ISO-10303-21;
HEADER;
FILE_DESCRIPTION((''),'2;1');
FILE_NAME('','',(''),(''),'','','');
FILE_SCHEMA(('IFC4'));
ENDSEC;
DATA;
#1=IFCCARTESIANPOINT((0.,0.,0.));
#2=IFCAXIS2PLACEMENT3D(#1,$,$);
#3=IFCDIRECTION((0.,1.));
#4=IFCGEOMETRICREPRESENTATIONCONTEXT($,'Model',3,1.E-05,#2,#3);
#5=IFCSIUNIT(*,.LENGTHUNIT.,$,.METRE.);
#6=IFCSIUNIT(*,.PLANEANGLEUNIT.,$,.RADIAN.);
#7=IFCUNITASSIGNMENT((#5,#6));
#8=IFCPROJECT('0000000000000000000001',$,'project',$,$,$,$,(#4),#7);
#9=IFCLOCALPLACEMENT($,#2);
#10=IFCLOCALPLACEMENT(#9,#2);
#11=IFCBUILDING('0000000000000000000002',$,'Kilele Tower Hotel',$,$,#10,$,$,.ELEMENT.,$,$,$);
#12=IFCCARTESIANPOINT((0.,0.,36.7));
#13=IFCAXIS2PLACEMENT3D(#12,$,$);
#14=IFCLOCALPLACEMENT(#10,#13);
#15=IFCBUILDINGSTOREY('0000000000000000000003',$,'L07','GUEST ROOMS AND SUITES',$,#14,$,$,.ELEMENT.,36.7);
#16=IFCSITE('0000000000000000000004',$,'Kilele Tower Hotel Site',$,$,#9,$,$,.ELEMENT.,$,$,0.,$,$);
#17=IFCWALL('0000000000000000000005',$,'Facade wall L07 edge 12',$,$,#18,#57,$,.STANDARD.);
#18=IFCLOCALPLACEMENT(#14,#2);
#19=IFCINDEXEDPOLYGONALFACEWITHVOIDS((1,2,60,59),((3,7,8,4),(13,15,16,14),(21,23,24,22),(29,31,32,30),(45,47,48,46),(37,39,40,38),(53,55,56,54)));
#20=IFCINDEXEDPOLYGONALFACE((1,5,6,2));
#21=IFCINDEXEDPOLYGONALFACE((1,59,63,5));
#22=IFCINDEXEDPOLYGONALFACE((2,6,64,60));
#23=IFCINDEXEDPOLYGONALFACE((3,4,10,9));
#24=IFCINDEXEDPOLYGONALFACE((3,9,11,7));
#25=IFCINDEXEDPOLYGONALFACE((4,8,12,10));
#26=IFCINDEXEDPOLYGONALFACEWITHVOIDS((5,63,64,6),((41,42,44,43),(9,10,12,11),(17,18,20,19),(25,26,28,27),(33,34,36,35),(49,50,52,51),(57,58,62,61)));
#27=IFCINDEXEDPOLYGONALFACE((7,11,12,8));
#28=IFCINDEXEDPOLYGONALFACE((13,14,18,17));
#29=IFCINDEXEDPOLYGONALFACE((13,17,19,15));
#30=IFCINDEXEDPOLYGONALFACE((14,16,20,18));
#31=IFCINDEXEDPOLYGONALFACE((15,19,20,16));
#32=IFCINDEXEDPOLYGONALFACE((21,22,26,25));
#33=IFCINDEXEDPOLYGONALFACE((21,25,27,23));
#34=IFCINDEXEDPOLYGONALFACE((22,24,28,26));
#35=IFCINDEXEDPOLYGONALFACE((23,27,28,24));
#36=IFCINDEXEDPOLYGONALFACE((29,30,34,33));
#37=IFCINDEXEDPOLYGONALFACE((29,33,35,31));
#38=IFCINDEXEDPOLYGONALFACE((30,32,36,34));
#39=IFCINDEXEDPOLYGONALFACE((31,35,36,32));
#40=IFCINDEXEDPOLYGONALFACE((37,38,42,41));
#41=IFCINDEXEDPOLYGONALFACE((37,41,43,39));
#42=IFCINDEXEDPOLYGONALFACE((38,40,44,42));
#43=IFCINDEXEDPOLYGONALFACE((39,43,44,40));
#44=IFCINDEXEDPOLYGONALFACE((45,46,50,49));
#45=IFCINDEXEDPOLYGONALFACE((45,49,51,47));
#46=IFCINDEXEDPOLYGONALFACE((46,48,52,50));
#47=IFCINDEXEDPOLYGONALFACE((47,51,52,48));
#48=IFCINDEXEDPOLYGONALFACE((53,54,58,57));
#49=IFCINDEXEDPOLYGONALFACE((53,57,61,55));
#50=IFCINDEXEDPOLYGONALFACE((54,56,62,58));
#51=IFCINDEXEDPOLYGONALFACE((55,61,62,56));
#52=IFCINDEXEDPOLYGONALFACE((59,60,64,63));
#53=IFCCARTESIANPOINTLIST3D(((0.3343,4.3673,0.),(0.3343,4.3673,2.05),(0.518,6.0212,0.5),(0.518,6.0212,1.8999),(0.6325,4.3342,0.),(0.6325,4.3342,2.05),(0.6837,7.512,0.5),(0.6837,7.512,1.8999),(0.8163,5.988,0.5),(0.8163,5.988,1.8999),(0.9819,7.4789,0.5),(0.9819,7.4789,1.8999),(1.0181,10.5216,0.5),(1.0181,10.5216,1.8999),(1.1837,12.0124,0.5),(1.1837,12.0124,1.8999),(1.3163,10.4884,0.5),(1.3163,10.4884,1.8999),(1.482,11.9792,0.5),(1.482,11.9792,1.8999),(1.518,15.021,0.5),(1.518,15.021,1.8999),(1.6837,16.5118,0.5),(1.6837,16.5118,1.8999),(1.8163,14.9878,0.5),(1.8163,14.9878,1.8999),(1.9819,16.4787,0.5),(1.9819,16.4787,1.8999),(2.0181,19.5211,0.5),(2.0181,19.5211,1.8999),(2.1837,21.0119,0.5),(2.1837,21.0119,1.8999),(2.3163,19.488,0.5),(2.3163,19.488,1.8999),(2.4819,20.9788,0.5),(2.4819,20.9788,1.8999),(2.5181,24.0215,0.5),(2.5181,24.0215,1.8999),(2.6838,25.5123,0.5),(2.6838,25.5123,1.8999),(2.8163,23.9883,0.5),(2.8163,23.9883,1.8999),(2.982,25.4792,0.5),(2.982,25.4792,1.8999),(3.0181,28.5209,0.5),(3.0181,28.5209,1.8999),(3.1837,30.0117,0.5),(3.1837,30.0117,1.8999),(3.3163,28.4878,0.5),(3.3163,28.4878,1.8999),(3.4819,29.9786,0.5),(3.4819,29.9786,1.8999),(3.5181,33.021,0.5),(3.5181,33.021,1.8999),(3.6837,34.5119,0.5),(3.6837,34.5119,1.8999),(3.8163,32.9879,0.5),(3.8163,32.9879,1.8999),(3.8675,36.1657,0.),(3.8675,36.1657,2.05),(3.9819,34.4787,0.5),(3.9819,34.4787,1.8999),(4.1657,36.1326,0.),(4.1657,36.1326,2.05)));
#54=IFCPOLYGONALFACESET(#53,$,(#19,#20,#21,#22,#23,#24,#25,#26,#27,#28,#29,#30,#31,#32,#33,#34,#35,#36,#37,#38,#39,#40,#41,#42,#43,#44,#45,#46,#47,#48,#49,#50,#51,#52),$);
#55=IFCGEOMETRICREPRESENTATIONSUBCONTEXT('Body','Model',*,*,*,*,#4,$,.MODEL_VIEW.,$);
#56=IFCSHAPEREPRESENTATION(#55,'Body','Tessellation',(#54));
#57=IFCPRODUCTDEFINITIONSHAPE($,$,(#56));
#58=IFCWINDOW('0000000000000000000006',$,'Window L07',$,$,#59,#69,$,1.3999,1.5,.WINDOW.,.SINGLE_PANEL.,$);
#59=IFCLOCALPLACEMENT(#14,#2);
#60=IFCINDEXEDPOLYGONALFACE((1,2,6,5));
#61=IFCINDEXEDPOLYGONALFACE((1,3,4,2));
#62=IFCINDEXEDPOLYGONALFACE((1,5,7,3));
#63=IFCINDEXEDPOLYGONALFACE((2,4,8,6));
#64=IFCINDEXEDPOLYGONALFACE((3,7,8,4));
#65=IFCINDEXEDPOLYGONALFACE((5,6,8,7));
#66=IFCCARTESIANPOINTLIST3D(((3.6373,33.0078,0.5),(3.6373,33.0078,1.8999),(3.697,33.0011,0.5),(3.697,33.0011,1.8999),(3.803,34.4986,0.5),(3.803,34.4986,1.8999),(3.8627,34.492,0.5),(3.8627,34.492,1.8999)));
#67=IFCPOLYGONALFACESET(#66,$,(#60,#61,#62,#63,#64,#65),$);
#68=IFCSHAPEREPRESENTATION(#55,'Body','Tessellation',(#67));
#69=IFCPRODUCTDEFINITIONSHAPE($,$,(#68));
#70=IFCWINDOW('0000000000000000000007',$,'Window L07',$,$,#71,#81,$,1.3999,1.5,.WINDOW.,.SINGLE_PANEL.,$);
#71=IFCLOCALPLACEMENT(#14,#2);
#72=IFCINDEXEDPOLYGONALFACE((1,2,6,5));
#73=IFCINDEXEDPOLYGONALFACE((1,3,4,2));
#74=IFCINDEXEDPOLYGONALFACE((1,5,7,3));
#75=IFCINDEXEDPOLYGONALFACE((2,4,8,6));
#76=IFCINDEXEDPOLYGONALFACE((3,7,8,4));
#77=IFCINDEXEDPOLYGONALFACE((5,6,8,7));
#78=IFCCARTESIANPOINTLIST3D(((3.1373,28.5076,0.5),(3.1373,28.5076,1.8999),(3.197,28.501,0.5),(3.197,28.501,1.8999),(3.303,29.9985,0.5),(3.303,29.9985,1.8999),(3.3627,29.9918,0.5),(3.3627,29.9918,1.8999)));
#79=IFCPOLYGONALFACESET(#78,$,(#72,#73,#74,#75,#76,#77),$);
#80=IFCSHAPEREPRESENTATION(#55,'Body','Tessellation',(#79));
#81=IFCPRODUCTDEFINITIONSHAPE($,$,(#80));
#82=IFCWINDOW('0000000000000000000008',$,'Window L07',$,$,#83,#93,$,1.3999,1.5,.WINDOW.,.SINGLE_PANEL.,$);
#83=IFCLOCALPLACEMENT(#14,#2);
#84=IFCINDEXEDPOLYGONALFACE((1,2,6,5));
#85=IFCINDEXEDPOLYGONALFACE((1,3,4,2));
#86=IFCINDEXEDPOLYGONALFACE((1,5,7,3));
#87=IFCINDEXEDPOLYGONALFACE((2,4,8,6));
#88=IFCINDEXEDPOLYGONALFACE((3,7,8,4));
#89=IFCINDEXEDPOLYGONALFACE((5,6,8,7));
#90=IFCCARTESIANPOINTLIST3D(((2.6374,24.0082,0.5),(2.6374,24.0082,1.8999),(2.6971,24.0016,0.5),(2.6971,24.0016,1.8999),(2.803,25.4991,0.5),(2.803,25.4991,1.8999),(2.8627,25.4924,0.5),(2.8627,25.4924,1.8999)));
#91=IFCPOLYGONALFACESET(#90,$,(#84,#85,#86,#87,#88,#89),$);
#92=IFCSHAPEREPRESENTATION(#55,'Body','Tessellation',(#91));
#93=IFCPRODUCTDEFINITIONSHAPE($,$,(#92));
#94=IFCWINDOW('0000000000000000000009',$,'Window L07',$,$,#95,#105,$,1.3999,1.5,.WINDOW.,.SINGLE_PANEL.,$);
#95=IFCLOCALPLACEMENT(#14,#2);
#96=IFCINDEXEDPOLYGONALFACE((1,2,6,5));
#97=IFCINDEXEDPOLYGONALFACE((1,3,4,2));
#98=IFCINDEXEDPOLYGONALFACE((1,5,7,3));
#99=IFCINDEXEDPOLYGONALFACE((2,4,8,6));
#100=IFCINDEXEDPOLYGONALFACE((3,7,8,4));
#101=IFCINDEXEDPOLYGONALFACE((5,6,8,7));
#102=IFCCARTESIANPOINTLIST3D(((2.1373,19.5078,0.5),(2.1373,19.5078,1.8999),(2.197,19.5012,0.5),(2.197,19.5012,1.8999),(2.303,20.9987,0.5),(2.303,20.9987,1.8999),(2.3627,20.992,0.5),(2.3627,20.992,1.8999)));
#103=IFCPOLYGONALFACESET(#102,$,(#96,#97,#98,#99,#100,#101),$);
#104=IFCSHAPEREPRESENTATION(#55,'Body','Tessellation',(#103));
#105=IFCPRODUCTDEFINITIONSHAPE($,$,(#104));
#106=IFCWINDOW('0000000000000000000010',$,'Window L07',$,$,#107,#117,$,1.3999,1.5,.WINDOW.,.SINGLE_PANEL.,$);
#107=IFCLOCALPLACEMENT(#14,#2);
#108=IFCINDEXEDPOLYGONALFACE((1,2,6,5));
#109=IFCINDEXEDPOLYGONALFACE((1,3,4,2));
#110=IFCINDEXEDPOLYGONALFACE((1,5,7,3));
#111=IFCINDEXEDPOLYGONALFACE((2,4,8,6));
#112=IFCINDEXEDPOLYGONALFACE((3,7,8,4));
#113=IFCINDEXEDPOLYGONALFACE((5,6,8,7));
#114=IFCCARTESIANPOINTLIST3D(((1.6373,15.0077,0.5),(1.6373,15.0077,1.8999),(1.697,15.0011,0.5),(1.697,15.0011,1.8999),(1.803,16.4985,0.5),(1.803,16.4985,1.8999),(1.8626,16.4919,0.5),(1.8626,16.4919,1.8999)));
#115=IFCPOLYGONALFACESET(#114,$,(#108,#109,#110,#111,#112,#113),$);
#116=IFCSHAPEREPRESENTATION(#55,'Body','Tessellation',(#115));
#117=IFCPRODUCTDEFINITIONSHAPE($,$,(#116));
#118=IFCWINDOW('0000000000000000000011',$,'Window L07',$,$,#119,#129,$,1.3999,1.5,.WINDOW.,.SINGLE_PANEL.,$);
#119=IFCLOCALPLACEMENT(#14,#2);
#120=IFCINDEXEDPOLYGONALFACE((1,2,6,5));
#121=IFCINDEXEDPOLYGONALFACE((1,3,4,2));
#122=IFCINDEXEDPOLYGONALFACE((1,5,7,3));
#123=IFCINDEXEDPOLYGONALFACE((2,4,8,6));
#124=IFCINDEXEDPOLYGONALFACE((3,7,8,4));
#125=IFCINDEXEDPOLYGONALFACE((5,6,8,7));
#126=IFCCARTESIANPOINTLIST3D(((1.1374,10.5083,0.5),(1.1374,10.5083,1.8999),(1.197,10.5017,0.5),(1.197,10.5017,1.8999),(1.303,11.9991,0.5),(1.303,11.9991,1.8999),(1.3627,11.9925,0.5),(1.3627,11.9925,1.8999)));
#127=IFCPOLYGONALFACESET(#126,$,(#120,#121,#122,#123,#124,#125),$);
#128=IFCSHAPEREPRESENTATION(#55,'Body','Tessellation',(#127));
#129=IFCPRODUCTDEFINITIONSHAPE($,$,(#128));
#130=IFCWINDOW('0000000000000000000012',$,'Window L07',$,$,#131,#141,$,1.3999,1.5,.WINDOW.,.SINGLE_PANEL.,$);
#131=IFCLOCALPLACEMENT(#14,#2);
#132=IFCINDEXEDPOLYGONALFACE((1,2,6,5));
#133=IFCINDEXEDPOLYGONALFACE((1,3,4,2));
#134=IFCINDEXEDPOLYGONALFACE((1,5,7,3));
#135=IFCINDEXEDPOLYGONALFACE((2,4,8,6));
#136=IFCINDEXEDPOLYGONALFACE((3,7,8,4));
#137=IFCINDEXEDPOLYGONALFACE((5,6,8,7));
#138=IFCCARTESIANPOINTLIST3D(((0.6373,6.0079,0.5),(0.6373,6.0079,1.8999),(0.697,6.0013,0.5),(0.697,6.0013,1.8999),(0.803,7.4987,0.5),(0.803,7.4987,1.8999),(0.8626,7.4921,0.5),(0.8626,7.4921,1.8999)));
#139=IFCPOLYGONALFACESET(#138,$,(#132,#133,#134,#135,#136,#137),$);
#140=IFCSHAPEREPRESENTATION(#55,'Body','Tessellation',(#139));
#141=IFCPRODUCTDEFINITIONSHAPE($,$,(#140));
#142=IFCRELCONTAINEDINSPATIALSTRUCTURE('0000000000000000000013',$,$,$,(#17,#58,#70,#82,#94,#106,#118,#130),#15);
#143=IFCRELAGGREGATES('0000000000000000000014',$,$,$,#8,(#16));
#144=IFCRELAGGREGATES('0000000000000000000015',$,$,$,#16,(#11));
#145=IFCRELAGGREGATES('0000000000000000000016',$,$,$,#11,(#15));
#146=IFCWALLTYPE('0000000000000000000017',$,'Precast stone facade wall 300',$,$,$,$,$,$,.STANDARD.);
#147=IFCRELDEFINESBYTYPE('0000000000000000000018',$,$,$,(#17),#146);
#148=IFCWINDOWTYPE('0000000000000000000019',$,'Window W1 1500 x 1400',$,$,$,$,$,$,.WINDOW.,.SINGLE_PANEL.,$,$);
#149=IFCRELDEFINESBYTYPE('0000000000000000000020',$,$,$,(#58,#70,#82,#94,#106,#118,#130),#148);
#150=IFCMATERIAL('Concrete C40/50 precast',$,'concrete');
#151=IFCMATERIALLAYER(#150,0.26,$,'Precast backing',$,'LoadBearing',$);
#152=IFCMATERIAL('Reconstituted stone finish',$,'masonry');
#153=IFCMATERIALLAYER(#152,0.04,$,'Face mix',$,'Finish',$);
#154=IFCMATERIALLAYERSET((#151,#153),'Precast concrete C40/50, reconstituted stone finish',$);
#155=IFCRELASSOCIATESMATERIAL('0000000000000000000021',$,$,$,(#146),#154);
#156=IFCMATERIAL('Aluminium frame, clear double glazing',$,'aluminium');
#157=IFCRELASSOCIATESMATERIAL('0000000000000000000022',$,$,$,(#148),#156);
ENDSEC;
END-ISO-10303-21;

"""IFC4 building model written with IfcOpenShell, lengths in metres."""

from ifc_helpers import new_model, si_unit, direction, frame, frame_2d, origin, place, context, subcontext, project, spatial, rectangle, extrude, material, layer, layer_set, type_object, element, fill, save


model = new_model("IFC4")

# Units and contexts
model_context = context("Model", 3, precision=1e-05, world=origin(), true_north=direction((0.0, 1.0)))
body_context = subcontext(model_context, "Body", "Model", "MODEL_VIEW")
ifc_project = project(units=[si_unit("LENGTHUNIT", "METRE"), si_unit("PLANEANGLEUNIT", "RADIAN")], contexts=[model_context])

# Site, building, storey
site_placement = place(None, origin())
site = spatial("IfcSite", under=ifc_project, at=site_placement, Name="Kilele Tower Hotel Site", CompositionType="ELEMENT", RefElevation=0.0)
building_placement = place(site_placement, origin())
building = spatial("IfcBuilding", under=site, at=building_placement, Name="Kilele Tower Hotel", CompositionType="ELEMENT")
storey_placement = place(building_placement, frame((0.0, 0.0, 36.7)))
storey = spatial("IfcBuildingStorey", under=building, at=storey_placement, Name="L07", Description="GUEST ROOMS AND SUITES", CompositionType="ELEMENT", Elevation=36.7)

# Shared definitions
ifc_material_1 = material(Name="Concrete C40/50 precast", Category="concrete")
ifc_layer_1 = layer(ifc_material_1, 0.26, Name="Precast backing", Category="LoadBearing")
ifc_material_2 = material(Name="Reconstituted stone finish", Category="masonry")
ifc_layer_2 = layer(ifc_material_2, 0.04, Name="Face mix", Category="Finish")
ifc_layer_set_1 = layer_set([ifc_layer_1, ifc_layer_2], Name="Precast concrete C40/50, reconstituted stone finish")
wall_type_1 = type_object("IfcWallType", Name="Precast stone facade wall 300", PredefinedType="STANDARD", material=ifc_layer_set_1)
ifc_material_3 = material(Name="Aluminium frame, clear double glazing", Category="aluminium")
window_type_1 = type_object("IfcWindowType", Name="Window W1 1500 x 1400", PartitioningType="SINGLE_PANEL", PredefinedType="WINDOW", material=ifc_material_3)

# Wall, openings, windows
wall_1_placement = place(storey_placement, frame((4.0166, 36.1492, 0.0), z_axis=(0.0, 0.0, 1.0), x_axis=(-0.110433, -0.993884, 0.0)))
wall_1 = element("IfcWall", 1, at=wall_1_placement, inside=storey, type_object=wall_type_1, Name="Facade wall L07 edge 12", PredefinedType="STANDARD", context=body_context, shape_type="SweptSolid", body=[
    extrude(rectangle(XDim=31.9941, YDim=0.3, at=frame_2d((15.9971, 0.0))), origin(), (0.0, 0.0, 1.0), 2.05),
])
opening_1_placement = place(wall_1_placement, frame((1.6641, 0.0, 0.5)))
opening_1 = element("IfcOpeningElement", 2, at=opening_1_placement, cuts=wall_1, PredefinedType="OPENING", context=body_context, shape_type="SweptSolid", body=[
    extrude(rectangle(XDim=1.5, YDim=1.3999, at=frame_2d((0.75, 0.7))), frame((0.0, 0.1599, 0.0), z_axis=(0.0, -1.0, 0.0), x_axis=(1.0, 0.0, 0.0)), (0.0, 0.0, 1.0), 0.3201),
])
opening_2_placement = place(wall_1_placement, frame((6.1919, 0.0, 0.5)))
opening_2 = element("IfcOpeningElement", 3, at=opening_2_placement, cuts=wall_1, PredefinedType="OPENING", context=body_context, shape_type="SweptSolid", body=[
    extrude(rectangle(XDim=1.5, YDim=1.3999, at=frame_2d((0.75, 0.7))), frame((0.0, 0.1599, 0.0), z_axis=(0.0, -1.0, 0.0), x_axis=(1.0, 0.0, 0.0)), (0.0, 0.0, 1.0), 0.3201),
])
opening_3_placement = place(wall_1_placement, frame((10.719, 0.0, 0.5)))
opening_3 = element("IfcOpeningElement", 4, at=opening_3_placement, cuts=wall_1, PredefinedType="OPENING", context=body_context, shape_type="SweptSolid", body=[
    extrude(rectangle(XDim=1.5, YDim=1.3999, at=frame_2d((0.75, 0.7))), frame((0.0, 0.1599, 0.0), z_axis=(0.0, -1.0, 0.0), x_axis=(1.0, 0.0, 0.0)), (0.0, 0.0, 1.0), 0.3201),
])
opening_4_placement = place(wall_1_placement, frame((15.2471, 0.0, 0.5)))
opening_4 = element("IfcOpeningElement", 5, at=opening_4_placement, cuts=wall_1, PredefinedType="OPENING", context=body_context, shape_type="SweptSolid", body=[
    extrude(rectangle(XDim=1.5, YDim=1.3999, at=frame_2d((0.75, 0.7))), frame((0.0, 0.1599, 0.0), z_axis=(0.0, -1.0, 0.0), x_axis=(1.0, 0.0, 0.0)), (0.0, 0.0, 1.0), 0.3201),
])
opening_5_placement = place(wall_1_placement, frame((19.7749, 0.0, 0.5)))
opening_5 = element("IfcOpeningElement", 6, at=opening_5_placement, cuts=wall_1, PredefinedType="OPENING", context=body_context, shape_type="SweptSolid", body=[
    extrude(rectangle(XDim=1.5, YDim=1.3999, at=frame_2d((0.75, 0.7))), frame((0.0, 0.1599, 0.0), z_axis=(0.0, -1.0, 0.0), x_axis=(1.0, 0.0, 0.0)), (0.0, 0.0, 1.0), 0.3201),
])
opening_6_placement = place(wall_1_placement, frame((24.302, 0.0, 0.5)))
opening_6 = element("IfcOpeningElement", 7, at=opening_6_placement, cuts=wall_1, PredefinedType="OPENING", context=body_context, shape_type="SweptSolid", body=[
    extrude(rectangle(XDim=1.5, YDim=1.3999, at=frame_2d((0.75, 0.7))), frame((0.0, 0.1599, 0.0), z_axis=(0.0, -1.0, 0.0), x_axis=(1.0, 0.0, 0.0)), (0.0, 0.0, 1.0), 0.3201),
])
opening_7_placement = place(wall_1_placement, frame((28.8301, 0.0, 0.5)))
opening_7 = element("IfcOpeningElement", 8, at=opening_7_placement, cuts=wall_1, PredefinedType="OPENING", context=body_context, shape_type="SweptSolid", body=[
    extrude(rectangle(XDim=1.5, YDim=1.3999, at=frame_2d((0.75, 0.7))), frame((0.0, 0.1599, 0.0), z_axis=(0.0, -1.0, 0.0), x_axis=(1.0, 0.0, 0.0)), (0.0, 0.0, 1.0), 0.3201),
])
window_1_placement = place(opening_1_placement, origin())
window_1 = element("IfcWindow", 9, at=window_1_placement, inside=storey, type_object=window_type_1, Name="Window L07", OverallHeight=1.3999, OverallWidth=1.5, PartitioningType="SINGLE_PANEL", PredefinedType="WINDOW", context=body_context, shape_type="SweptSolid", body=[
    extrude(rectangle(XDim=1.5, YDim=1.3999, at=frame_2d((0.75, 0.7))), frame((0.0, 0.03, 0.0), z_axis=(0.0, -1.0, 0.0), x_axis=(1.0, 0.0, 0.0)), (0.0, 0.0, 1.0), 0.0601),
])
fill(opening_1, window_1)
window_2_placement = place(opening_2_placement, origin())
window_2 = element("IfcWindow", 10, at=window_2_placement, inside=storey, type_object=window_type_1, Name="Window L07", OverallHeight=1.3999, OverallWidth=1.5, PartitioningType="SINGLE_PANEL", PredefinedType="WINDOW", context=body_context, shape_type="SweptSolid", body=[
    extrude(rectangle(XDim=1.5, YDim=1.3999, at=frame_2d((0.75, 0.7))), frame((0.0, 0.03, 0.0), z_axis=(0.0, -1.0, 0.0), x_axis=(1.0, 0.0, 0.0)), (0.0, 0.0, 1.0), 0.0601),
])
fill(opening_2, window_2)
window_3_placement = place(opening_3_placement, origin())
window_3 = element("IfcWindow", 11, at=window_3_placement, inside=storey, type_object=window_type_1, Name="Window L07", OverallHeight=1.3999, OverallWidth=1.5, PartitioningType="SINGLE_PANEL", PredefinedType="WINDOW", context=body_context, shape_type="SweptSolid", body=[
    extrude(rectangle(XDim=1.5, YDim=1.3999, at=frame_2d((0.75, 0.7))), frame((0.0, 0.03, 0.0), z_axis=(0.0, -1.0, 0.0), x_axis=(1.0, 0.0, 0.0)), (0.0, 0.0, 1.0), 0.0601),
])
fill(opening_3, window_3)
window_4_placement = place(opening_4_placement, origin())
window_4 = element("IfcWindow", 12, at=window_4_placement, inside=storey, type_object=window_type_1, Name="Window L07", OverallHeight=1.3999, OverallWidth=1.5, PartitioningType="SINGLE_PANEL", PredefinedType="WINDOW", context=body_context, shape_type="SweptSolid", body=[
    extrude(rectangle(XDim=1.5, YDim=1.3999, at=frame_2d((0.75, 0.7))), frame((0.0, 0.03, 0.0), z_axis=(0.0, -1.0, 0.0), x_axis=(1.0, 0.0, 0.0)), (0.0, 0.0, 1.0), 0.0601),
])
fill(opening_4, window_4)
window_5_placement = place(opening_5_placement, origin())
window_5 = element("IfcWindow", 13, at=window_5_placement, inside=storey, type_object=window_type_1, Name="Window L07", OverallHeight=1.3999, OverallWidth=1.5, PartitioningType="SINGLE_PANEL", PredefinedType="WINDOW", context=body_context, shape_type="SweptSolid", body=[
    extrude(rectangle(XDim=1.5, YDim=1.3999, at=frame_2d((0.75, 0.7))), frame((0.0, 0.03, 0.0), z_axis=(0.0, -1.0, 0.0), x_axis=(1.0, 0.0, 0.0)), (0.0, 0.0, 1.0), 0.0601),
])
fill(opening_5, window_5)
window_6_placement = place(opening_6_placement, origin())
window_6 = element("IfcWindow", 14, at=window_6_placement, inside=storey, type_object=window_type_1, Name="Window L07", OverallHeight=1.3999, OverallWidth=1.5, PartitioningType="SINGLE_PANEL", PredefinedType="WINDOW", context=body_context, shape_type="SweptSolid", body=[
    extrude(rectangle(XDim=1.5, YDim=1.3999, at=frame_2d((0.75, 0.7))), frame((0.0, 0.03, 0.0), z_axis=(0.0, -1.0, 0.0), x_axis=(1.0, 0.0, 0.0)), (0.0, 0.0, 1.0), 0.0601),
])
fill(opening_6, window_6)
window_7_placement = place(opening_7_placement, origin())
window_7 = element("IfcWindow", 15, at=window_7_placement, inside=storey, type_object=window_type_1, Name="Window L07", OverallHeight=1.3999, OverallWidth=1.5, PartitioningType="SINGLE_PANEL", PredefinedType="WINDOW", context=body_context, shape_type="SweptSolid", body=[
    extrude(rectangle(XDim=1.5, YDim=1.3999, at=frame_2d((0.75, 0.7))), frame((0.0, 0.03, 0.0), z_axis=(0.0, -1.0, 0.0), x_axis=(1.0, 0.0, 0.0)), (0.0, 0.0, 1.0), 0.0601),
])
fill(opening_7, window_7)

save(model, "model.ifc")
